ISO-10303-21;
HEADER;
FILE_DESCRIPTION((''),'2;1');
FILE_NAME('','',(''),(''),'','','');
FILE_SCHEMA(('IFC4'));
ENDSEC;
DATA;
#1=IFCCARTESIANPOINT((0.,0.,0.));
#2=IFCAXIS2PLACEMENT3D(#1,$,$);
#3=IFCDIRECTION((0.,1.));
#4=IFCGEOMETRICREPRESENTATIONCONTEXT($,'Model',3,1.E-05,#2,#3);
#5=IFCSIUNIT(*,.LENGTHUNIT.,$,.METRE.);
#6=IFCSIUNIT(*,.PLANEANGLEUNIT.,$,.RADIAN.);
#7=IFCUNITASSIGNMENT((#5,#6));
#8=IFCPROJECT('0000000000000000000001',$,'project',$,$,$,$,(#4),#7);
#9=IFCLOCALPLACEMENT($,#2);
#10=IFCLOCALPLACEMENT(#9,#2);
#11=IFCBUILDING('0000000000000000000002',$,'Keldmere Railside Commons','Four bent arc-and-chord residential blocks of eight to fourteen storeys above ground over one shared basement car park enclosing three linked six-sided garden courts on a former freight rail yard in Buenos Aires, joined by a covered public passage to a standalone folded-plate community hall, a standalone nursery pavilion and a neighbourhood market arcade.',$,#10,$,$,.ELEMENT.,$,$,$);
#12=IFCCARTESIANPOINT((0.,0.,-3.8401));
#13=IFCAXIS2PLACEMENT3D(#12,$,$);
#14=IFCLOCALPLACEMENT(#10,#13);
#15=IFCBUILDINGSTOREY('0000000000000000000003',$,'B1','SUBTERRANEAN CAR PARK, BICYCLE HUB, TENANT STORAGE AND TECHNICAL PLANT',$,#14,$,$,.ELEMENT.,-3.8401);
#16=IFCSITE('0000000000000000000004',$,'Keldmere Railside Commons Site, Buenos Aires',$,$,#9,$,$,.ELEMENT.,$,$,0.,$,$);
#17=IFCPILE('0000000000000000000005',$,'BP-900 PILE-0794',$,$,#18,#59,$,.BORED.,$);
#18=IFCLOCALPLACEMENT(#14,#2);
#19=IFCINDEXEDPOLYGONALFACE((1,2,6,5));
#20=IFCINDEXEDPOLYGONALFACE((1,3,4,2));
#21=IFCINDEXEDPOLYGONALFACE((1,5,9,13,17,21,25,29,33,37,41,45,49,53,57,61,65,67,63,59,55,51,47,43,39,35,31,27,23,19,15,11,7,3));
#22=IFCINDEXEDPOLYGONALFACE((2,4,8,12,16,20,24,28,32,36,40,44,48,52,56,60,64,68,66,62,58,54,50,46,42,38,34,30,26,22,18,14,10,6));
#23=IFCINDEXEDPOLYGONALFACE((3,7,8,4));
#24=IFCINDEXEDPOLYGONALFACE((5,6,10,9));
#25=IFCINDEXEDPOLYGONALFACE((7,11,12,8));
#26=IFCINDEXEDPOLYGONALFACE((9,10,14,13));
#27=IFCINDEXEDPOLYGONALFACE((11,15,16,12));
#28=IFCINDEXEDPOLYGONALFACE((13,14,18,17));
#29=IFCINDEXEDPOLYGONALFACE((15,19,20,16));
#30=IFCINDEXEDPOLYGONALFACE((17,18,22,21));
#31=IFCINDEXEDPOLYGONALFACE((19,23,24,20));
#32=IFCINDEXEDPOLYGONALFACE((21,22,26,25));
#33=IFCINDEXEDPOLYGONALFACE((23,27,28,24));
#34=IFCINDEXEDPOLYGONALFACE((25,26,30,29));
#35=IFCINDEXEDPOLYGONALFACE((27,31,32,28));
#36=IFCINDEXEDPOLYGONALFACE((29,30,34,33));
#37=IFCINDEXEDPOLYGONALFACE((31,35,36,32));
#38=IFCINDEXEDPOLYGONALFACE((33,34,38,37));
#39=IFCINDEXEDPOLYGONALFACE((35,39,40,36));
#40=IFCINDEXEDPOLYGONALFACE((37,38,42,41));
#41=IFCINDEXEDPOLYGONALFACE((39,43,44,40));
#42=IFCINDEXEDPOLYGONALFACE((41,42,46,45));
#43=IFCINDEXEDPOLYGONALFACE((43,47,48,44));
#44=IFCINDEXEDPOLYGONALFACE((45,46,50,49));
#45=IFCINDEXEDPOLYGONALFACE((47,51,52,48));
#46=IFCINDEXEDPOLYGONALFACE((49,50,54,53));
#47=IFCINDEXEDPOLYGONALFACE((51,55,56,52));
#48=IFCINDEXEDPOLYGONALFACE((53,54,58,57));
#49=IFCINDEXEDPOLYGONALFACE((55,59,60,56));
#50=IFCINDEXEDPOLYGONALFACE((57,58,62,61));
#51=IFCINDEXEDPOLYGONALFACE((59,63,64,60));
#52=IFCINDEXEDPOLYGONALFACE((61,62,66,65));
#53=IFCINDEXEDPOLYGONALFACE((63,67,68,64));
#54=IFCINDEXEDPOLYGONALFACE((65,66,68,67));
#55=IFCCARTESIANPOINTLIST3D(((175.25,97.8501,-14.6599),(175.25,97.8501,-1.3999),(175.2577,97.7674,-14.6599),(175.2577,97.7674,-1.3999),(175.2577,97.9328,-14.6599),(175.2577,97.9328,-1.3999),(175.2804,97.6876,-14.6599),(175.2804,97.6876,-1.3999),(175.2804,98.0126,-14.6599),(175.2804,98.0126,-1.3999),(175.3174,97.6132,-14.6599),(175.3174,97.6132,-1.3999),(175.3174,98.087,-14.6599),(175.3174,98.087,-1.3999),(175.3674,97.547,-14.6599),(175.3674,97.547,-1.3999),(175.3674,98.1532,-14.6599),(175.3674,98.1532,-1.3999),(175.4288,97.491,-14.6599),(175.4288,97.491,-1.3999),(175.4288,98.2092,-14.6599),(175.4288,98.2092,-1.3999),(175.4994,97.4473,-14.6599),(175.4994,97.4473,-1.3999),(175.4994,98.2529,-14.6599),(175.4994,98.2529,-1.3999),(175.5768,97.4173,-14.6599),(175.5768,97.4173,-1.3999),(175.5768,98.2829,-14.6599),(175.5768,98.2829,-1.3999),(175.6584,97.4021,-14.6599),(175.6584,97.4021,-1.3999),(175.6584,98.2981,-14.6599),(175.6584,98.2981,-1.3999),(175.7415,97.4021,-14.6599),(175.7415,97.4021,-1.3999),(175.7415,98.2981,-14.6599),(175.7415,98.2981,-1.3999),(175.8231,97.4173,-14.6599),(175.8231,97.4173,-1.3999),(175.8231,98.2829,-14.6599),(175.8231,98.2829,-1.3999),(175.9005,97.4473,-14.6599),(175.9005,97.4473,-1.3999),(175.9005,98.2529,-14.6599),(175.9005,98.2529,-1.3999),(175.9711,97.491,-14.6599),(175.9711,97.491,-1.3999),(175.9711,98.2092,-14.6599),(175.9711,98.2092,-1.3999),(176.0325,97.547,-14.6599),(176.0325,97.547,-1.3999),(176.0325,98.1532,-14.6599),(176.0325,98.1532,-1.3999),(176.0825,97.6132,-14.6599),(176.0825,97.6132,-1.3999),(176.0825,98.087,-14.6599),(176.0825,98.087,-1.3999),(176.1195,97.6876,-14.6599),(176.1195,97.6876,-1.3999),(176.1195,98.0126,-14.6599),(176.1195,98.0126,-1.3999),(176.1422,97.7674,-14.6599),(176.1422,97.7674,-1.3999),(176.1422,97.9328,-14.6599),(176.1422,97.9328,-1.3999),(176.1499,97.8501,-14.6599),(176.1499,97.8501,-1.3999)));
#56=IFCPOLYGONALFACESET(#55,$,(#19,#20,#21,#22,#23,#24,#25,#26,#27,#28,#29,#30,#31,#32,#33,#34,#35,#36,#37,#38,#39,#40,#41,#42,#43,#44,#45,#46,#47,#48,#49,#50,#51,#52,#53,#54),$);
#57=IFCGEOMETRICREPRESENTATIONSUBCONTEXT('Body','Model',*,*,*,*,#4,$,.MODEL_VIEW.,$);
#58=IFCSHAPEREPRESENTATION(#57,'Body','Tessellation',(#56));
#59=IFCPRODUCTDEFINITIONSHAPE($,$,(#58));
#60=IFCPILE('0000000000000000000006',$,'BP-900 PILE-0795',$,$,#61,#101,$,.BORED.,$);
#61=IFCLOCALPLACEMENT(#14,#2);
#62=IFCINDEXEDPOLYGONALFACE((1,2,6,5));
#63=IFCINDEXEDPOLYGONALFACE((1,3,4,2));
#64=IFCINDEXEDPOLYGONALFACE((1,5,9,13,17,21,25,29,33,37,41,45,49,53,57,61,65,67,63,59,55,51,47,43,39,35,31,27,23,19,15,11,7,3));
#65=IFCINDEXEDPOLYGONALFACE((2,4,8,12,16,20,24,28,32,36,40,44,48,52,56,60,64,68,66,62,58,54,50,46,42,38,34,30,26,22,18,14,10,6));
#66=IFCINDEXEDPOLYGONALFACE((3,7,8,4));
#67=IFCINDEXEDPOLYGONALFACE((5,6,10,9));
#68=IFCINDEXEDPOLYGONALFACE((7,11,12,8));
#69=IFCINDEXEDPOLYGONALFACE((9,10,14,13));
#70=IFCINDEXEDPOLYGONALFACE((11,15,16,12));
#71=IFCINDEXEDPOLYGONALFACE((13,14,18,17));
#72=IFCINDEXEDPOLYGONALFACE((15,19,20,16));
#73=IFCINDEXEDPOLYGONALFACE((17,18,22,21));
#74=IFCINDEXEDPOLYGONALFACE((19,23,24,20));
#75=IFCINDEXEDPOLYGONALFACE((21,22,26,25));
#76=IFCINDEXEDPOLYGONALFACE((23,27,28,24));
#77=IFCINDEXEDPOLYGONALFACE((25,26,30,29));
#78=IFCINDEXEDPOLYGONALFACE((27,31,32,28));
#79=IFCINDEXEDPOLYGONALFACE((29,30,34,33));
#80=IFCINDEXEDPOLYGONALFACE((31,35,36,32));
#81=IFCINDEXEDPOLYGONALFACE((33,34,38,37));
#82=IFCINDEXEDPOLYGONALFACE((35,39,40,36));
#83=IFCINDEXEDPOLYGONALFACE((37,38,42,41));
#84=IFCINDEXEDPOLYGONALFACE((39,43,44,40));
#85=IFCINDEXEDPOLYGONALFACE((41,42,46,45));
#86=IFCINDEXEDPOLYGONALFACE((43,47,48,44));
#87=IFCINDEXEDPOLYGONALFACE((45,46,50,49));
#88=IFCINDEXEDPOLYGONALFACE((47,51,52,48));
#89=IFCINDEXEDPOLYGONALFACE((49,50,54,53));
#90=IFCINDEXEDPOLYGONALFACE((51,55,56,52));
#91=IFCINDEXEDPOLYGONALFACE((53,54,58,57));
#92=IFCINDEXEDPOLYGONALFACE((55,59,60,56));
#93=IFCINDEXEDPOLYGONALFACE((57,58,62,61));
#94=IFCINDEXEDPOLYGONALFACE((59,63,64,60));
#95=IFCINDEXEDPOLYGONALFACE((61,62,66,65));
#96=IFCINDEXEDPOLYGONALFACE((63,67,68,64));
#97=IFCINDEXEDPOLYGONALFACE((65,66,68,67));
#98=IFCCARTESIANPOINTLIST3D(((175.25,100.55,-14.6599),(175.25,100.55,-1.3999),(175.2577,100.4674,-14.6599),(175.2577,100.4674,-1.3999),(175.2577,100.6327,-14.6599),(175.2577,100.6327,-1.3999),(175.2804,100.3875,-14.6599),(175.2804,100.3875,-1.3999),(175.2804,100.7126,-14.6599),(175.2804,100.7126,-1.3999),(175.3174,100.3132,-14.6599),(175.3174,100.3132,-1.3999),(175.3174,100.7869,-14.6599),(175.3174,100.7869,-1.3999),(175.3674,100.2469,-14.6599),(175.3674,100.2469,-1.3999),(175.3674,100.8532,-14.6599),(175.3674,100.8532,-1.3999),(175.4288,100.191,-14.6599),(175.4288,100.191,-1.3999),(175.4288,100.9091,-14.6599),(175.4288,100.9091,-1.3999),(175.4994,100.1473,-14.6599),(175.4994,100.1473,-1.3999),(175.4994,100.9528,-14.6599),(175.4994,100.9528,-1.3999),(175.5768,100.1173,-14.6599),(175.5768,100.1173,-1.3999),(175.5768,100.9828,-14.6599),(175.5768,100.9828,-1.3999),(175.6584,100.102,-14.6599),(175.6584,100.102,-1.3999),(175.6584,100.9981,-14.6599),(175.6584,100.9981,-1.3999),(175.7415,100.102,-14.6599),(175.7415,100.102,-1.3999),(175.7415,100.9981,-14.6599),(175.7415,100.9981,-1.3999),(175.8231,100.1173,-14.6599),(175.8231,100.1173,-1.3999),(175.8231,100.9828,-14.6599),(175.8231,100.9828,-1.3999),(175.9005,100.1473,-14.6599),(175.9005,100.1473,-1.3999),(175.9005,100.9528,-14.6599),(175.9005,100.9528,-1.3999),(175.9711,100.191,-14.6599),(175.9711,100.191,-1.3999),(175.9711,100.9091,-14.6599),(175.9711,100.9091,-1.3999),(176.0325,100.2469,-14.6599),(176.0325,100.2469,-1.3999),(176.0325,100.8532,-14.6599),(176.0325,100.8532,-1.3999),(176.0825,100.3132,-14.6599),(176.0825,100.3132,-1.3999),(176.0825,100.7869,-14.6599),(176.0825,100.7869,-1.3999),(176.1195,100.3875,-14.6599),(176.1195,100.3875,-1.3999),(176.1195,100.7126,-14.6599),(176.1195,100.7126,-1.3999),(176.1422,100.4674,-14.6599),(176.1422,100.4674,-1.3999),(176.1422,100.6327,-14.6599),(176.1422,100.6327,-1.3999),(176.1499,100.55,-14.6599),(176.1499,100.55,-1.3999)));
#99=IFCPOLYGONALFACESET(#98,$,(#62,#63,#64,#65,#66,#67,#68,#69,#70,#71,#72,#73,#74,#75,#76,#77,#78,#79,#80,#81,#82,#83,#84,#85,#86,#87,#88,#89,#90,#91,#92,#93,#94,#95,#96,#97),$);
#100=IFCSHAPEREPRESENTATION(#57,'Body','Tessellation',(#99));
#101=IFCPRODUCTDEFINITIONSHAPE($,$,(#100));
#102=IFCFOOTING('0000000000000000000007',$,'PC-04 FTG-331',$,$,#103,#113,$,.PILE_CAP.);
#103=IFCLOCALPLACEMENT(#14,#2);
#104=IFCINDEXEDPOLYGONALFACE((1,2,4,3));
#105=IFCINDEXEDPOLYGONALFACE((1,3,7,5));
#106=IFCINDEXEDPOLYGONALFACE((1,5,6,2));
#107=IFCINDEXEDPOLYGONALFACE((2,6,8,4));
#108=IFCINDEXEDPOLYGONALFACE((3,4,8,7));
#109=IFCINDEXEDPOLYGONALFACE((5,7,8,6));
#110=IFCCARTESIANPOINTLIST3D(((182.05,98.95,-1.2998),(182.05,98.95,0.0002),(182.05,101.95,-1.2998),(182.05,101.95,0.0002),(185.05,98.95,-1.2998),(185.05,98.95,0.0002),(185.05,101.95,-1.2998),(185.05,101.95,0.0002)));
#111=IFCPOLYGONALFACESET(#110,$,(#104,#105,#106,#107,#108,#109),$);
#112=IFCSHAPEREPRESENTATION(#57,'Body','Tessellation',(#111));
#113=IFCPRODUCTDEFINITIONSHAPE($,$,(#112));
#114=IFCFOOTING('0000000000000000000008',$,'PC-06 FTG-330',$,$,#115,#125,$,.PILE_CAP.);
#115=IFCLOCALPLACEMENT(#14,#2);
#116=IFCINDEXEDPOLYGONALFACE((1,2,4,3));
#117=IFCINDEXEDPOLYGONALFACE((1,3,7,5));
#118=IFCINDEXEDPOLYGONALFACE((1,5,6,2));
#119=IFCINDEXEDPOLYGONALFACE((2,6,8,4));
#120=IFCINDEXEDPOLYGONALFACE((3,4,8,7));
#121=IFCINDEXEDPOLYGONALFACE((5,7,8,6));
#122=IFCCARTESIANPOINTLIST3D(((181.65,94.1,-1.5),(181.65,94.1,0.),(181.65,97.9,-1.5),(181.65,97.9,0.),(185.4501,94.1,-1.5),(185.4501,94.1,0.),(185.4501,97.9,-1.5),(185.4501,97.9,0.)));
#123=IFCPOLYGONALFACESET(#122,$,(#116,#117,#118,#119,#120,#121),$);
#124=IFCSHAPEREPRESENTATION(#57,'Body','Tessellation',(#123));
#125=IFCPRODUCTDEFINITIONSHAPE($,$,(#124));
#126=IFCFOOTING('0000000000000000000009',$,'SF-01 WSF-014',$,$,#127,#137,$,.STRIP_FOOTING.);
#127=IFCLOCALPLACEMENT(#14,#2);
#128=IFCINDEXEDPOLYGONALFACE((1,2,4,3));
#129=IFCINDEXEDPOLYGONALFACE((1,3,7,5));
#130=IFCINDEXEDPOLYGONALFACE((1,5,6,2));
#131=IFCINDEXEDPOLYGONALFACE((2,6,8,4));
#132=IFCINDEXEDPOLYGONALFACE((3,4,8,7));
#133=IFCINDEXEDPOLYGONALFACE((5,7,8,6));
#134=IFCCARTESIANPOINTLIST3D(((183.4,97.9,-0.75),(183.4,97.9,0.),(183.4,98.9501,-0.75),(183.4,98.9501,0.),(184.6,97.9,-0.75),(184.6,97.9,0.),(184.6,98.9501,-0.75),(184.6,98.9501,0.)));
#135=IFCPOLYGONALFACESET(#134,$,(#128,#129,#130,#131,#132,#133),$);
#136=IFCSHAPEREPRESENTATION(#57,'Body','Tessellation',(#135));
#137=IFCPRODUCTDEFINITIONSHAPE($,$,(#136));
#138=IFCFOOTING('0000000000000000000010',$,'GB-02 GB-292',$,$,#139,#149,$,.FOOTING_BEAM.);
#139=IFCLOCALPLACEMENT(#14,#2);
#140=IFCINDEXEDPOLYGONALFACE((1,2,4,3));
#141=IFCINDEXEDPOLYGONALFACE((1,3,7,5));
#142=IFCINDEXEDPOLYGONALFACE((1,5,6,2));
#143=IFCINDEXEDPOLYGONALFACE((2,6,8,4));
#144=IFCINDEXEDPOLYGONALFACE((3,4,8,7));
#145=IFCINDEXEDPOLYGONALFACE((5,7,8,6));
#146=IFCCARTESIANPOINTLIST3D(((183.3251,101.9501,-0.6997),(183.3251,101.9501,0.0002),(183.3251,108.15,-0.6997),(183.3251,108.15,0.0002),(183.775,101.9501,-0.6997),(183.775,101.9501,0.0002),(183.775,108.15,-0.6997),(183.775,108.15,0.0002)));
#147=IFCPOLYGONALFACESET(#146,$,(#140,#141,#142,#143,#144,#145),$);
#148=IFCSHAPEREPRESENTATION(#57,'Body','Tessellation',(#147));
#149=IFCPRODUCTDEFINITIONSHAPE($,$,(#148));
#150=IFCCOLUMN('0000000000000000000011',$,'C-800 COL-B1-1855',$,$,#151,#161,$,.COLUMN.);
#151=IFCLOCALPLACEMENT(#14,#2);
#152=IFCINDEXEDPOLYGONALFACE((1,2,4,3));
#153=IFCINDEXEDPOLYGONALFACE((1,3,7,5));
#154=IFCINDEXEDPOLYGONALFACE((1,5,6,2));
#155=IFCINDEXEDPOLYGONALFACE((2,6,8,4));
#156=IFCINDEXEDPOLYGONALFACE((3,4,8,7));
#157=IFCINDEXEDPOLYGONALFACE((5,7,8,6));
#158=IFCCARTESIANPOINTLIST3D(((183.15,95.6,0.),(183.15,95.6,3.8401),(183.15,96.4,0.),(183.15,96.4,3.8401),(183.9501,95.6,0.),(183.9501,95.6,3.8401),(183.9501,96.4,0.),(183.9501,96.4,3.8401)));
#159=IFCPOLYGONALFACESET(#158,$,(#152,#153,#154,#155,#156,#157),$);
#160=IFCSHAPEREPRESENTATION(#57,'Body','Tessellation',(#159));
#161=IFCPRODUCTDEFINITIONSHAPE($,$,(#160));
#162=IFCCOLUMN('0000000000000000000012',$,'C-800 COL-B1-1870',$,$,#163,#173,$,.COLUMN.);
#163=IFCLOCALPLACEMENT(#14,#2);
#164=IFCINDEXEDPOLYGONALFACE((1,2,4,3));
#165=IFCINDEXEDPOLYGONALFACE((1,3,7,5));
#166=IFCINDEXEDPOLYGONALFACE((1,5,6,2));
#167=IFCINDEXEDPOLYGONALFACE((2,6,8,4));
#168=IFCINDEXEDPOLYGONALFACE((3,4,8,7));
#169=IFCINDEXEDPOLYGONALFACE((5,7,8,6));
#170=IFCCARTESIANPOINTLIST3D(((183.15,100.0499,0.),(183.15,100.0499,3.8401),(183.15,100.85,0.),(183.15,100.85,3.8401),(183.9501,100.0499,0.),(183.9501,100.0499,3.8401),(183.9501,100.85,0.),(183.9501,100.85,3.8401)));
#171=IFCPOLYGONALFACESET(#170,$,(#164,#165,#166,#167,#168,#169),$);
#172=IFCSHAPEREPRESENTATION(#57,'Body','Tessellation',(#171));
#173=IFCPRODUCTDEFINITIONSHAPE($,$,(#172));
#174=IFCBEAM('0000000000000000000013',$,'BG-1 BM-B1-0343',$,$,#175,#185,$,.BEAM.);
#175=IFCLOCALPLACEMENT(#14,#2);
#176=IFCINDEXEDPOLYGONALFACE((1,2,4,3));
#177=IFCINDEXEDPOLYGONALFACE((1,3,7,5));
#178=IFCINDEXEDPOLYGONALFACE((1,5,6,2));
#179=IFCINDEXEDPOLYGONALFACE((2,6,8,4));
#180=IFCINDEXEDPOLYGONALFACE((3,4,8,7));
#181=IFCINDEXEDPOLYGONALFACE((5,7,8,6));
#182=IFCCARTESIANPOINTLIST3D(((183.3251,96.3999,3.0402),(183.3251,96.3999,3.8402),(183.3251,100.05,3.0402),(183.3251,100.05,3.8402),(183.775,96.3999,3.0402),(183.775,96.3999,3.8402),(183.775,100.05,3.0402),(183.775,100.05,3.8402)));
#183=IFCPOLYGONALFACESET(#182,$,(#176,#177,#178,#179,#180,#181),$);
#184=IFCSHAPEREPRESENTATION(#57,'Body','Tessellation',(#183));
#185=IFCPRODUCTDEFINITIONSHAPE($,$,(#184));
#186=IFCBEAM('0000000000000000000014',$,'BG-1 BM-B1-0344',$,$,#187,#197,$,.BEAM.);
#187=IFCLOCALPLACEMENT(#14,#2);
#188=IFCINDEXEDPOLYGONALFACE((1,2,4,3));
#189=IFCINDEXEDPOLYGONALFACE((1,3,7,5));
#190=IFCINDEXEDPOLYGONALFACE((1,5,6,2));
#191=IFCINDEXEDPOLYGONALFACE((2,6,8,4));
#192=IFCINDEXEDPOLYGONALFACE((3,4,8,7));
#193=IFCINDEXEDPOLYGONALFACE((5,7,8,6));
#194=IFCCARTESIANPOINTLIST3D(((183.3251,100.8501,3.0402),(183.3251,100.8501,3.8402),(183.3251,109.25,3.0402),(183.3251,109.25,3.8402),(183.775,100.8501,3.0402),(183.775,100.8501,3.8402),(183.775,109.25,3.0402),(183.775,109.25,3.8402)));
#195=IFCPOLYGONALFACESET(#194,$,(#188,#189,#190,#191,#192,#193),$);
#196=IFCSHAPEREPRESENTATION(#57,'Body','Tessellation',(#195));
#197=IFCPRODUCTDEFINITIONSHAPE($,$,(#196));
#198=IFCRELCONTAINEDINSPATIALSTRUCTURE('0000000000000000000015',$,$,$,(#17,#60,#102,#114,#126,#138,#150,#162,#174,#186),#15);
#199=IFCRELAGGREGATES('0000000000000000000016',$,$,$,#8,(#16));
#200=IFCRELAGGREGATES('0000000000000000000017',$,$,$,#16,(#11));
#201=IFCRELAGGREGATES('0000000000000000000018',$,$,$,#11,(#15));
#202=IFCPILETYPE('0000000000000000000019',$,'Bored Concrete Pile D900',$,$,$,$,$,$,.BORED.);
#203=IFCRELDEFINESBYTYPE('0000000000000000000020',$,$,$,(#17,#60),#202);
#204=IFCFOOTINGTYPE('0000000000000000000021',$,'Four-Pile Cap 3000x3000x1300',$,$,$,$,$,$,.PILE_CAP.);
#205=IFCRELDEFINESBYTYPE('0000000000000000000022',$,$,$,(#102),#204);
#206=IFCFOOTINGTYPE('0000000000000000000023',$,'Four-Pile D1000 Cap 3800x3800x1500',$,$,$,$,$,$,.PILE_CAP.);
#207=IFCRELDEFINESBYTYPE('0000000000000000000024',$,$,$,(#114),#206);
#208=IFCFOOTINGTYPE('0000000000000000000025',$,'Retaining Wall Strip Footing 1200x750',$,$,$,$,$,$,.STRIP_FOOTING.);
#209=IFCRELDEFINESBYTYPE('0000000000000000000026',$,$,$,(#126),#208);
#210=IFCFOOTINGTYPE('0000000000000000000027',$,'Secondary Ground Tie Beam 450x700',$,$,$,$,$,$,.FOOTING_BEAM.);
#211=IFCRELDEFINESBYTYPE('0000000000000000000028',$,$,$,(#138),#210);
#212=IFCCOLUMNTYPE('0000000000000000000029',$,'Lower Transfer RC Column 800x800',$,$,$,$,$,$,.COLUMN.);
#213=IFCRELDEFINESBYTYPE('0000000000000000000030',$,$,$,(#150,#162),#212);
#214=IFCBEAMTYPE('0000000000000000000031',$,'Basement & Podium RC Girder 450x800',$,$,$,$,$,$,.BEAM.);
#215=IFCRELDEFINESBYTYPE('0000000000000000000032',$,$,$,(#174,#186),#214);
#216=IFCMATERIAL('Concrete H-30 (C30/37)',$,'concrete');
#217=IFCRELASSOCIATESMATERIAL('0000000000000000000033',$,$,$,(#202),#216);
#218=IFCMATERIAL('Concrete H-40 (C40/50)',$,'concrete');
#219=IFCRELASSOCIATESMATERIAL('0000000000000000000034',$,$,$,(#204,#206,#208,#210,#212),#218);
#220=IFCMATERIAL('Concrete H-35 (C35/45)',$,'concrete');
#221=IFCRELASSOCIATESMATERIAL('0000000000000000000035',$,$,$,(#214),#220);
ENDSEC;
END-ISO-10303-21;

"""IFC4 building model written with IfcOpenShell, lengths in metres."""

from ifc_helpers import new_model, si_unit, direction, frame, origin, origin_2d, place, context, subcontext, project, spatial, rectangle, circle, extrude, material, material_profile, profile_set, type_object, element, save


model = new_model("IFC4")

# Units and contexts
model_context = context("Model", 3, precision=1e-05, world=origin(), true_north=direction((0.0, 1.0)))
body_context = subcontext(model_context, "Body", "Model", "MODEL_VIEW")
ifc_project = project(units=[si_unit("LENGTHUNIT", "METRE"), si_unit("PLANEANGLEUNIT", "RADIAN")], contexts=[model_context])

# Site, building, storey
site_placement = place(None, origin())
site = spatial("IfcSite", under=ifc_project, at=site_placement, Name="Keldmere Railside Commons Site, Buenos Aires", CompositionType="ELEMENT", RefElevation=0.0)
building_placement = place(site_placement, origin())
building = spatial("IfcBuilding", under=site, at=building_placement, Name="Keldmere Railside Commons", Description="Four bent arc-and-chord residential blocks of eight to fourteen storeys above ground over one shared basement car park enclosing three linked six-sided garden courts on a former freight rail yard in Buenos Aires, joined by a covered public passage to a standalone folded-plate community hall, a standalone nursery pavilion and a neighbourhood market arcade.", CompositionType="ELEMENT")
storey_placement = place(building_placement, frame((0.0, 0.0, -3.8401)))
storey = spatial("IfcBuildingStorey", under=building, at=storey_placement, Name="B1", Description="SUBTERRANEAN CAR PARK, BICYCLE HUB, TENANT STORAGE AND TECHNICAL PLANT", CompositionType="ELEMENT", Elevation=-3.8401)

# Piles
ifc_material_1 = material(Name="Concrete H-30 (C30/37)", Category="concrete")
ifc_material_profile_1 = material_profile(ifc_material_1, circle(Radius=0.45, at=origin_2d()), Name="PILE-D900")
ifc_profile_set_1 = profile_set([ifc_material_profile_1], Name="Concrete H-30 (C30/37)")
pile_type_1 = type_object("IfcPileType", Name="Bored Concrete Pile D900", PredefinedType="BORED", material=ifc_profile_set_1)
for number, where, z_axis, x_axis, name in (
    (1, (175.7, 97.8501, -1.3999), (0.0, 0.0, -1.0), (1.0, 0.0, 0.0), "BP-900 PILE-0794"),
    (2, (175.7, 100.55, -1.3999), (0.0, 0.0, -1.0), (1.0, 0.0, 0.0), "BP-900 PILE-0795"),
):
    element("IfcPile", number, at=place(storey_placement, frame(where, z_axis=z_axis, x_axis=x_axis)), inside=storey, type_object=pile_type_1, Name=name, PredefinedType="BORED", context=body_context, shape_type="SweptSolid", body=[
        extrude(circle(Radius=0.45, at=origin_2d()), origin(), (0.0, 0.0, 1.0), 13.26),
    ])

# Footings
ifc_material_2 = material(Name="Concrete H-40 (C40/50)", Category="concrete")
footing_type_1 = type_object("IfcFootingType", Name="Four-Pile Cap 3000x3000x1300", PredefinedType="PILE_CAP", material=ifc_material_2)
footing_1_placement = place(storey_placement, frame((183.55, 100.45, -1.2998), z_axis=(0.0, 0.0, 1.0), x_axis=(1.0, 0.0, 0.0)))
element("IfcFooting", 3, at=footing_1_placement, inside=storey, type_object=footing_type_1, Name="PC-04 FTG-331", PredefinedType="PILE_CAP", context=body_context, shape_type="SweptSolid", body=[
    extrude(rectangle(XDim=3.0, YDim=3.0, at=origin_2d()), origin(), (0.0, 0.0, 1.0), 1.3),
])
footing_type_2 = type_object("IfcFootingType", Name="Four-Pile D1000 Cap 3800x3800x1500", PredefinedType="PILE_CAP", material=ifc_material_2)
footing_2_placement = place(storey_placement, frame((183.55, 96.0, -1.5), z_axis=(0.0, 0.0, 1.0), x_axis=(1.0, 0.0, 0.0)))
element("IfcFooting", 4, at=footing_2_placement, inside=storey, type_object=footing_type_2, Name="PC-06 FTG-330", PredefinedType="PILE_CAP", context=body_context, shape_type="SweptSolid", body=[
    extrude(rectangle(XDim=3.8, YDim=3.8, at=origin_2d()), origin(), (0.0, 0.0, 1.0), 1.5),
])
footing_type_3 = type_object("IfcFootingType", Name="Retaining Wall Strip Footing 1200x750", PredefinedType="STRIP_FOOTING", material=ifc_material_2)
footing_3_placement = place(storey_placement, frame((184.0, 98.425, -0.75), z_axis=(0.0, 0.0, 1.0), x_axis=(0.0, 1.0, 0.0)))
element("IfcFooting", 5, at=footing_3_placement, inside=storey, type_object=footing_type_3, Name="SF-01 WSF-014", PredefinedType="STRIP_FOOTING", context=body_context, shape_type="SweptSolid", body=[
    extrude(rectangle(XDim=1.05, YDim=1.2, at=origin_2d()), origin(), (0.0, 0.0, 1.0), 0.75),
])
footing_type_4 = type_object("IfcFootingType", Name="Secondary Ground Tie Beam 450x700", PredefinedType="FOOTING_BEAM", material=ifc_material_2)
footing_4_placement = place(storey_placement, frame((183.55, 105.05, -0.6997), z_axis=(0.0, 0.0, 1.0), x_axis=(0.0, 1.0, 0.0)))
element("IfcFooting", 6, at=footing_4_placement, inside=storey, type_object=footing_type_4, Name="GB-02 GB-292", PredefinedType="FOOTING_BEAM", context=body_context, shape_type="SweptSolid", body=[
    extrude(rectangle(XDim=6.2, YDim=0.45, at=origin_2d()), origin(), (0.0, 0.0, 1.0), 0.7),
])

# Columns
ifc_material_profile_2 = material_profile(ifc_material_2, rectangle(XDim=0.8, YDim=0.8, at=origin_2d()), Name="RC-800x800")
ifc_profile_set_2 = profile_set([ifc_material_profile_2], Name="Concrete H-40 (C40/50)")
column_type = type_object("IfcColumnType", Name="Lower Transfer RC Column 800x800", PredefinedType="COLUMN", material=ifc_profile_set_2)
for number, where, z_axis, x_axis, name in (
    (7, (183.55, 96.0, 0.0), (0.0, 0.0, 1.0), (1.0, 0.0, 0.0), "C-800 COL-B1-1855"),
    (8, (183.55, 100.45, 0.0), (0.0, 0.0, 1.0), (1.0, 0.0, 0.0), "C-800 COL-B1-1870"),
):
    element("IfcColumn", number, at=place(storey_placement, frame(where, z_axis=z_axis, x_axis=x_axis)), inside=storey, type_object=column_type, Name=name, PredefinedType="COLUMN", context=body_context, shape_type="SweptSolid", body=[
        extrude(rectangle(XDim=0.8, YDim=0.8, at=origin_2d()), origin(), (0.0, 0.0, 1.0), 3.8401),
    ])

# Beams
ifc_material_3 = material(Name="Concrete H-35 (C35/45)", Category="concrete")
ifc_material_profile_3 = material_profile(ifc_material_3, rectangle(XDim=0.45, YDim=0.8, at=origin_2d()), Name="RC-450x800")
ifc_profile_set_3 = profile_set([ifc_material_profile_3], Name="Concrete H-35 (C35/45)")
beam_type_1 = type_object("IfcBeamType", Name="Basement & Podium RC Girder 450x800", PredefinedType="BEAM", material=ifc_profile_set_3)
beam_1_placement = place(storey_placement, frame((183.55, 96.3999, 3.4402), z_axis=(0.0, 1.0, 0.0), x_axis=(-1.0, 0.0, 0.0)))
element("IfcBeam", 9, at=beam_1_placement, inside=storey, type_object=beam_type_1, Name="BG-1 BM-B1-0343", PredefinedType="BEAM", context=body_context, shape_type="SweptSolid", body=[
    extrude(rectangle(XDim=0.45, YDim=0.8, at=origin_2d()), origin(), (0.0, 0.0, 1.0), 3.6501),
])
beam_2_placement = place(storey_placement, frame((183.55, 100.8501, 3.4402), z_axis=(0.0, 1.0, 0.0), x_axis=(-1.0, 0.0, 0.0)))
element("IfcBeam", 10, at=beam_2_placement, inside=storey, type_object=beam_type_1, Name="BG-1 BM-B1-0344", PredefinedType="BEAM", context=body_context, shape_type="SweptSolid", body=[
    extrude(rectangle(XDim=0.45, YDim=0.8, at=origin_2d()), origin(), (0.0, 0.0, 1.0), 8.3999),
])

save(model, "model.ifc")
